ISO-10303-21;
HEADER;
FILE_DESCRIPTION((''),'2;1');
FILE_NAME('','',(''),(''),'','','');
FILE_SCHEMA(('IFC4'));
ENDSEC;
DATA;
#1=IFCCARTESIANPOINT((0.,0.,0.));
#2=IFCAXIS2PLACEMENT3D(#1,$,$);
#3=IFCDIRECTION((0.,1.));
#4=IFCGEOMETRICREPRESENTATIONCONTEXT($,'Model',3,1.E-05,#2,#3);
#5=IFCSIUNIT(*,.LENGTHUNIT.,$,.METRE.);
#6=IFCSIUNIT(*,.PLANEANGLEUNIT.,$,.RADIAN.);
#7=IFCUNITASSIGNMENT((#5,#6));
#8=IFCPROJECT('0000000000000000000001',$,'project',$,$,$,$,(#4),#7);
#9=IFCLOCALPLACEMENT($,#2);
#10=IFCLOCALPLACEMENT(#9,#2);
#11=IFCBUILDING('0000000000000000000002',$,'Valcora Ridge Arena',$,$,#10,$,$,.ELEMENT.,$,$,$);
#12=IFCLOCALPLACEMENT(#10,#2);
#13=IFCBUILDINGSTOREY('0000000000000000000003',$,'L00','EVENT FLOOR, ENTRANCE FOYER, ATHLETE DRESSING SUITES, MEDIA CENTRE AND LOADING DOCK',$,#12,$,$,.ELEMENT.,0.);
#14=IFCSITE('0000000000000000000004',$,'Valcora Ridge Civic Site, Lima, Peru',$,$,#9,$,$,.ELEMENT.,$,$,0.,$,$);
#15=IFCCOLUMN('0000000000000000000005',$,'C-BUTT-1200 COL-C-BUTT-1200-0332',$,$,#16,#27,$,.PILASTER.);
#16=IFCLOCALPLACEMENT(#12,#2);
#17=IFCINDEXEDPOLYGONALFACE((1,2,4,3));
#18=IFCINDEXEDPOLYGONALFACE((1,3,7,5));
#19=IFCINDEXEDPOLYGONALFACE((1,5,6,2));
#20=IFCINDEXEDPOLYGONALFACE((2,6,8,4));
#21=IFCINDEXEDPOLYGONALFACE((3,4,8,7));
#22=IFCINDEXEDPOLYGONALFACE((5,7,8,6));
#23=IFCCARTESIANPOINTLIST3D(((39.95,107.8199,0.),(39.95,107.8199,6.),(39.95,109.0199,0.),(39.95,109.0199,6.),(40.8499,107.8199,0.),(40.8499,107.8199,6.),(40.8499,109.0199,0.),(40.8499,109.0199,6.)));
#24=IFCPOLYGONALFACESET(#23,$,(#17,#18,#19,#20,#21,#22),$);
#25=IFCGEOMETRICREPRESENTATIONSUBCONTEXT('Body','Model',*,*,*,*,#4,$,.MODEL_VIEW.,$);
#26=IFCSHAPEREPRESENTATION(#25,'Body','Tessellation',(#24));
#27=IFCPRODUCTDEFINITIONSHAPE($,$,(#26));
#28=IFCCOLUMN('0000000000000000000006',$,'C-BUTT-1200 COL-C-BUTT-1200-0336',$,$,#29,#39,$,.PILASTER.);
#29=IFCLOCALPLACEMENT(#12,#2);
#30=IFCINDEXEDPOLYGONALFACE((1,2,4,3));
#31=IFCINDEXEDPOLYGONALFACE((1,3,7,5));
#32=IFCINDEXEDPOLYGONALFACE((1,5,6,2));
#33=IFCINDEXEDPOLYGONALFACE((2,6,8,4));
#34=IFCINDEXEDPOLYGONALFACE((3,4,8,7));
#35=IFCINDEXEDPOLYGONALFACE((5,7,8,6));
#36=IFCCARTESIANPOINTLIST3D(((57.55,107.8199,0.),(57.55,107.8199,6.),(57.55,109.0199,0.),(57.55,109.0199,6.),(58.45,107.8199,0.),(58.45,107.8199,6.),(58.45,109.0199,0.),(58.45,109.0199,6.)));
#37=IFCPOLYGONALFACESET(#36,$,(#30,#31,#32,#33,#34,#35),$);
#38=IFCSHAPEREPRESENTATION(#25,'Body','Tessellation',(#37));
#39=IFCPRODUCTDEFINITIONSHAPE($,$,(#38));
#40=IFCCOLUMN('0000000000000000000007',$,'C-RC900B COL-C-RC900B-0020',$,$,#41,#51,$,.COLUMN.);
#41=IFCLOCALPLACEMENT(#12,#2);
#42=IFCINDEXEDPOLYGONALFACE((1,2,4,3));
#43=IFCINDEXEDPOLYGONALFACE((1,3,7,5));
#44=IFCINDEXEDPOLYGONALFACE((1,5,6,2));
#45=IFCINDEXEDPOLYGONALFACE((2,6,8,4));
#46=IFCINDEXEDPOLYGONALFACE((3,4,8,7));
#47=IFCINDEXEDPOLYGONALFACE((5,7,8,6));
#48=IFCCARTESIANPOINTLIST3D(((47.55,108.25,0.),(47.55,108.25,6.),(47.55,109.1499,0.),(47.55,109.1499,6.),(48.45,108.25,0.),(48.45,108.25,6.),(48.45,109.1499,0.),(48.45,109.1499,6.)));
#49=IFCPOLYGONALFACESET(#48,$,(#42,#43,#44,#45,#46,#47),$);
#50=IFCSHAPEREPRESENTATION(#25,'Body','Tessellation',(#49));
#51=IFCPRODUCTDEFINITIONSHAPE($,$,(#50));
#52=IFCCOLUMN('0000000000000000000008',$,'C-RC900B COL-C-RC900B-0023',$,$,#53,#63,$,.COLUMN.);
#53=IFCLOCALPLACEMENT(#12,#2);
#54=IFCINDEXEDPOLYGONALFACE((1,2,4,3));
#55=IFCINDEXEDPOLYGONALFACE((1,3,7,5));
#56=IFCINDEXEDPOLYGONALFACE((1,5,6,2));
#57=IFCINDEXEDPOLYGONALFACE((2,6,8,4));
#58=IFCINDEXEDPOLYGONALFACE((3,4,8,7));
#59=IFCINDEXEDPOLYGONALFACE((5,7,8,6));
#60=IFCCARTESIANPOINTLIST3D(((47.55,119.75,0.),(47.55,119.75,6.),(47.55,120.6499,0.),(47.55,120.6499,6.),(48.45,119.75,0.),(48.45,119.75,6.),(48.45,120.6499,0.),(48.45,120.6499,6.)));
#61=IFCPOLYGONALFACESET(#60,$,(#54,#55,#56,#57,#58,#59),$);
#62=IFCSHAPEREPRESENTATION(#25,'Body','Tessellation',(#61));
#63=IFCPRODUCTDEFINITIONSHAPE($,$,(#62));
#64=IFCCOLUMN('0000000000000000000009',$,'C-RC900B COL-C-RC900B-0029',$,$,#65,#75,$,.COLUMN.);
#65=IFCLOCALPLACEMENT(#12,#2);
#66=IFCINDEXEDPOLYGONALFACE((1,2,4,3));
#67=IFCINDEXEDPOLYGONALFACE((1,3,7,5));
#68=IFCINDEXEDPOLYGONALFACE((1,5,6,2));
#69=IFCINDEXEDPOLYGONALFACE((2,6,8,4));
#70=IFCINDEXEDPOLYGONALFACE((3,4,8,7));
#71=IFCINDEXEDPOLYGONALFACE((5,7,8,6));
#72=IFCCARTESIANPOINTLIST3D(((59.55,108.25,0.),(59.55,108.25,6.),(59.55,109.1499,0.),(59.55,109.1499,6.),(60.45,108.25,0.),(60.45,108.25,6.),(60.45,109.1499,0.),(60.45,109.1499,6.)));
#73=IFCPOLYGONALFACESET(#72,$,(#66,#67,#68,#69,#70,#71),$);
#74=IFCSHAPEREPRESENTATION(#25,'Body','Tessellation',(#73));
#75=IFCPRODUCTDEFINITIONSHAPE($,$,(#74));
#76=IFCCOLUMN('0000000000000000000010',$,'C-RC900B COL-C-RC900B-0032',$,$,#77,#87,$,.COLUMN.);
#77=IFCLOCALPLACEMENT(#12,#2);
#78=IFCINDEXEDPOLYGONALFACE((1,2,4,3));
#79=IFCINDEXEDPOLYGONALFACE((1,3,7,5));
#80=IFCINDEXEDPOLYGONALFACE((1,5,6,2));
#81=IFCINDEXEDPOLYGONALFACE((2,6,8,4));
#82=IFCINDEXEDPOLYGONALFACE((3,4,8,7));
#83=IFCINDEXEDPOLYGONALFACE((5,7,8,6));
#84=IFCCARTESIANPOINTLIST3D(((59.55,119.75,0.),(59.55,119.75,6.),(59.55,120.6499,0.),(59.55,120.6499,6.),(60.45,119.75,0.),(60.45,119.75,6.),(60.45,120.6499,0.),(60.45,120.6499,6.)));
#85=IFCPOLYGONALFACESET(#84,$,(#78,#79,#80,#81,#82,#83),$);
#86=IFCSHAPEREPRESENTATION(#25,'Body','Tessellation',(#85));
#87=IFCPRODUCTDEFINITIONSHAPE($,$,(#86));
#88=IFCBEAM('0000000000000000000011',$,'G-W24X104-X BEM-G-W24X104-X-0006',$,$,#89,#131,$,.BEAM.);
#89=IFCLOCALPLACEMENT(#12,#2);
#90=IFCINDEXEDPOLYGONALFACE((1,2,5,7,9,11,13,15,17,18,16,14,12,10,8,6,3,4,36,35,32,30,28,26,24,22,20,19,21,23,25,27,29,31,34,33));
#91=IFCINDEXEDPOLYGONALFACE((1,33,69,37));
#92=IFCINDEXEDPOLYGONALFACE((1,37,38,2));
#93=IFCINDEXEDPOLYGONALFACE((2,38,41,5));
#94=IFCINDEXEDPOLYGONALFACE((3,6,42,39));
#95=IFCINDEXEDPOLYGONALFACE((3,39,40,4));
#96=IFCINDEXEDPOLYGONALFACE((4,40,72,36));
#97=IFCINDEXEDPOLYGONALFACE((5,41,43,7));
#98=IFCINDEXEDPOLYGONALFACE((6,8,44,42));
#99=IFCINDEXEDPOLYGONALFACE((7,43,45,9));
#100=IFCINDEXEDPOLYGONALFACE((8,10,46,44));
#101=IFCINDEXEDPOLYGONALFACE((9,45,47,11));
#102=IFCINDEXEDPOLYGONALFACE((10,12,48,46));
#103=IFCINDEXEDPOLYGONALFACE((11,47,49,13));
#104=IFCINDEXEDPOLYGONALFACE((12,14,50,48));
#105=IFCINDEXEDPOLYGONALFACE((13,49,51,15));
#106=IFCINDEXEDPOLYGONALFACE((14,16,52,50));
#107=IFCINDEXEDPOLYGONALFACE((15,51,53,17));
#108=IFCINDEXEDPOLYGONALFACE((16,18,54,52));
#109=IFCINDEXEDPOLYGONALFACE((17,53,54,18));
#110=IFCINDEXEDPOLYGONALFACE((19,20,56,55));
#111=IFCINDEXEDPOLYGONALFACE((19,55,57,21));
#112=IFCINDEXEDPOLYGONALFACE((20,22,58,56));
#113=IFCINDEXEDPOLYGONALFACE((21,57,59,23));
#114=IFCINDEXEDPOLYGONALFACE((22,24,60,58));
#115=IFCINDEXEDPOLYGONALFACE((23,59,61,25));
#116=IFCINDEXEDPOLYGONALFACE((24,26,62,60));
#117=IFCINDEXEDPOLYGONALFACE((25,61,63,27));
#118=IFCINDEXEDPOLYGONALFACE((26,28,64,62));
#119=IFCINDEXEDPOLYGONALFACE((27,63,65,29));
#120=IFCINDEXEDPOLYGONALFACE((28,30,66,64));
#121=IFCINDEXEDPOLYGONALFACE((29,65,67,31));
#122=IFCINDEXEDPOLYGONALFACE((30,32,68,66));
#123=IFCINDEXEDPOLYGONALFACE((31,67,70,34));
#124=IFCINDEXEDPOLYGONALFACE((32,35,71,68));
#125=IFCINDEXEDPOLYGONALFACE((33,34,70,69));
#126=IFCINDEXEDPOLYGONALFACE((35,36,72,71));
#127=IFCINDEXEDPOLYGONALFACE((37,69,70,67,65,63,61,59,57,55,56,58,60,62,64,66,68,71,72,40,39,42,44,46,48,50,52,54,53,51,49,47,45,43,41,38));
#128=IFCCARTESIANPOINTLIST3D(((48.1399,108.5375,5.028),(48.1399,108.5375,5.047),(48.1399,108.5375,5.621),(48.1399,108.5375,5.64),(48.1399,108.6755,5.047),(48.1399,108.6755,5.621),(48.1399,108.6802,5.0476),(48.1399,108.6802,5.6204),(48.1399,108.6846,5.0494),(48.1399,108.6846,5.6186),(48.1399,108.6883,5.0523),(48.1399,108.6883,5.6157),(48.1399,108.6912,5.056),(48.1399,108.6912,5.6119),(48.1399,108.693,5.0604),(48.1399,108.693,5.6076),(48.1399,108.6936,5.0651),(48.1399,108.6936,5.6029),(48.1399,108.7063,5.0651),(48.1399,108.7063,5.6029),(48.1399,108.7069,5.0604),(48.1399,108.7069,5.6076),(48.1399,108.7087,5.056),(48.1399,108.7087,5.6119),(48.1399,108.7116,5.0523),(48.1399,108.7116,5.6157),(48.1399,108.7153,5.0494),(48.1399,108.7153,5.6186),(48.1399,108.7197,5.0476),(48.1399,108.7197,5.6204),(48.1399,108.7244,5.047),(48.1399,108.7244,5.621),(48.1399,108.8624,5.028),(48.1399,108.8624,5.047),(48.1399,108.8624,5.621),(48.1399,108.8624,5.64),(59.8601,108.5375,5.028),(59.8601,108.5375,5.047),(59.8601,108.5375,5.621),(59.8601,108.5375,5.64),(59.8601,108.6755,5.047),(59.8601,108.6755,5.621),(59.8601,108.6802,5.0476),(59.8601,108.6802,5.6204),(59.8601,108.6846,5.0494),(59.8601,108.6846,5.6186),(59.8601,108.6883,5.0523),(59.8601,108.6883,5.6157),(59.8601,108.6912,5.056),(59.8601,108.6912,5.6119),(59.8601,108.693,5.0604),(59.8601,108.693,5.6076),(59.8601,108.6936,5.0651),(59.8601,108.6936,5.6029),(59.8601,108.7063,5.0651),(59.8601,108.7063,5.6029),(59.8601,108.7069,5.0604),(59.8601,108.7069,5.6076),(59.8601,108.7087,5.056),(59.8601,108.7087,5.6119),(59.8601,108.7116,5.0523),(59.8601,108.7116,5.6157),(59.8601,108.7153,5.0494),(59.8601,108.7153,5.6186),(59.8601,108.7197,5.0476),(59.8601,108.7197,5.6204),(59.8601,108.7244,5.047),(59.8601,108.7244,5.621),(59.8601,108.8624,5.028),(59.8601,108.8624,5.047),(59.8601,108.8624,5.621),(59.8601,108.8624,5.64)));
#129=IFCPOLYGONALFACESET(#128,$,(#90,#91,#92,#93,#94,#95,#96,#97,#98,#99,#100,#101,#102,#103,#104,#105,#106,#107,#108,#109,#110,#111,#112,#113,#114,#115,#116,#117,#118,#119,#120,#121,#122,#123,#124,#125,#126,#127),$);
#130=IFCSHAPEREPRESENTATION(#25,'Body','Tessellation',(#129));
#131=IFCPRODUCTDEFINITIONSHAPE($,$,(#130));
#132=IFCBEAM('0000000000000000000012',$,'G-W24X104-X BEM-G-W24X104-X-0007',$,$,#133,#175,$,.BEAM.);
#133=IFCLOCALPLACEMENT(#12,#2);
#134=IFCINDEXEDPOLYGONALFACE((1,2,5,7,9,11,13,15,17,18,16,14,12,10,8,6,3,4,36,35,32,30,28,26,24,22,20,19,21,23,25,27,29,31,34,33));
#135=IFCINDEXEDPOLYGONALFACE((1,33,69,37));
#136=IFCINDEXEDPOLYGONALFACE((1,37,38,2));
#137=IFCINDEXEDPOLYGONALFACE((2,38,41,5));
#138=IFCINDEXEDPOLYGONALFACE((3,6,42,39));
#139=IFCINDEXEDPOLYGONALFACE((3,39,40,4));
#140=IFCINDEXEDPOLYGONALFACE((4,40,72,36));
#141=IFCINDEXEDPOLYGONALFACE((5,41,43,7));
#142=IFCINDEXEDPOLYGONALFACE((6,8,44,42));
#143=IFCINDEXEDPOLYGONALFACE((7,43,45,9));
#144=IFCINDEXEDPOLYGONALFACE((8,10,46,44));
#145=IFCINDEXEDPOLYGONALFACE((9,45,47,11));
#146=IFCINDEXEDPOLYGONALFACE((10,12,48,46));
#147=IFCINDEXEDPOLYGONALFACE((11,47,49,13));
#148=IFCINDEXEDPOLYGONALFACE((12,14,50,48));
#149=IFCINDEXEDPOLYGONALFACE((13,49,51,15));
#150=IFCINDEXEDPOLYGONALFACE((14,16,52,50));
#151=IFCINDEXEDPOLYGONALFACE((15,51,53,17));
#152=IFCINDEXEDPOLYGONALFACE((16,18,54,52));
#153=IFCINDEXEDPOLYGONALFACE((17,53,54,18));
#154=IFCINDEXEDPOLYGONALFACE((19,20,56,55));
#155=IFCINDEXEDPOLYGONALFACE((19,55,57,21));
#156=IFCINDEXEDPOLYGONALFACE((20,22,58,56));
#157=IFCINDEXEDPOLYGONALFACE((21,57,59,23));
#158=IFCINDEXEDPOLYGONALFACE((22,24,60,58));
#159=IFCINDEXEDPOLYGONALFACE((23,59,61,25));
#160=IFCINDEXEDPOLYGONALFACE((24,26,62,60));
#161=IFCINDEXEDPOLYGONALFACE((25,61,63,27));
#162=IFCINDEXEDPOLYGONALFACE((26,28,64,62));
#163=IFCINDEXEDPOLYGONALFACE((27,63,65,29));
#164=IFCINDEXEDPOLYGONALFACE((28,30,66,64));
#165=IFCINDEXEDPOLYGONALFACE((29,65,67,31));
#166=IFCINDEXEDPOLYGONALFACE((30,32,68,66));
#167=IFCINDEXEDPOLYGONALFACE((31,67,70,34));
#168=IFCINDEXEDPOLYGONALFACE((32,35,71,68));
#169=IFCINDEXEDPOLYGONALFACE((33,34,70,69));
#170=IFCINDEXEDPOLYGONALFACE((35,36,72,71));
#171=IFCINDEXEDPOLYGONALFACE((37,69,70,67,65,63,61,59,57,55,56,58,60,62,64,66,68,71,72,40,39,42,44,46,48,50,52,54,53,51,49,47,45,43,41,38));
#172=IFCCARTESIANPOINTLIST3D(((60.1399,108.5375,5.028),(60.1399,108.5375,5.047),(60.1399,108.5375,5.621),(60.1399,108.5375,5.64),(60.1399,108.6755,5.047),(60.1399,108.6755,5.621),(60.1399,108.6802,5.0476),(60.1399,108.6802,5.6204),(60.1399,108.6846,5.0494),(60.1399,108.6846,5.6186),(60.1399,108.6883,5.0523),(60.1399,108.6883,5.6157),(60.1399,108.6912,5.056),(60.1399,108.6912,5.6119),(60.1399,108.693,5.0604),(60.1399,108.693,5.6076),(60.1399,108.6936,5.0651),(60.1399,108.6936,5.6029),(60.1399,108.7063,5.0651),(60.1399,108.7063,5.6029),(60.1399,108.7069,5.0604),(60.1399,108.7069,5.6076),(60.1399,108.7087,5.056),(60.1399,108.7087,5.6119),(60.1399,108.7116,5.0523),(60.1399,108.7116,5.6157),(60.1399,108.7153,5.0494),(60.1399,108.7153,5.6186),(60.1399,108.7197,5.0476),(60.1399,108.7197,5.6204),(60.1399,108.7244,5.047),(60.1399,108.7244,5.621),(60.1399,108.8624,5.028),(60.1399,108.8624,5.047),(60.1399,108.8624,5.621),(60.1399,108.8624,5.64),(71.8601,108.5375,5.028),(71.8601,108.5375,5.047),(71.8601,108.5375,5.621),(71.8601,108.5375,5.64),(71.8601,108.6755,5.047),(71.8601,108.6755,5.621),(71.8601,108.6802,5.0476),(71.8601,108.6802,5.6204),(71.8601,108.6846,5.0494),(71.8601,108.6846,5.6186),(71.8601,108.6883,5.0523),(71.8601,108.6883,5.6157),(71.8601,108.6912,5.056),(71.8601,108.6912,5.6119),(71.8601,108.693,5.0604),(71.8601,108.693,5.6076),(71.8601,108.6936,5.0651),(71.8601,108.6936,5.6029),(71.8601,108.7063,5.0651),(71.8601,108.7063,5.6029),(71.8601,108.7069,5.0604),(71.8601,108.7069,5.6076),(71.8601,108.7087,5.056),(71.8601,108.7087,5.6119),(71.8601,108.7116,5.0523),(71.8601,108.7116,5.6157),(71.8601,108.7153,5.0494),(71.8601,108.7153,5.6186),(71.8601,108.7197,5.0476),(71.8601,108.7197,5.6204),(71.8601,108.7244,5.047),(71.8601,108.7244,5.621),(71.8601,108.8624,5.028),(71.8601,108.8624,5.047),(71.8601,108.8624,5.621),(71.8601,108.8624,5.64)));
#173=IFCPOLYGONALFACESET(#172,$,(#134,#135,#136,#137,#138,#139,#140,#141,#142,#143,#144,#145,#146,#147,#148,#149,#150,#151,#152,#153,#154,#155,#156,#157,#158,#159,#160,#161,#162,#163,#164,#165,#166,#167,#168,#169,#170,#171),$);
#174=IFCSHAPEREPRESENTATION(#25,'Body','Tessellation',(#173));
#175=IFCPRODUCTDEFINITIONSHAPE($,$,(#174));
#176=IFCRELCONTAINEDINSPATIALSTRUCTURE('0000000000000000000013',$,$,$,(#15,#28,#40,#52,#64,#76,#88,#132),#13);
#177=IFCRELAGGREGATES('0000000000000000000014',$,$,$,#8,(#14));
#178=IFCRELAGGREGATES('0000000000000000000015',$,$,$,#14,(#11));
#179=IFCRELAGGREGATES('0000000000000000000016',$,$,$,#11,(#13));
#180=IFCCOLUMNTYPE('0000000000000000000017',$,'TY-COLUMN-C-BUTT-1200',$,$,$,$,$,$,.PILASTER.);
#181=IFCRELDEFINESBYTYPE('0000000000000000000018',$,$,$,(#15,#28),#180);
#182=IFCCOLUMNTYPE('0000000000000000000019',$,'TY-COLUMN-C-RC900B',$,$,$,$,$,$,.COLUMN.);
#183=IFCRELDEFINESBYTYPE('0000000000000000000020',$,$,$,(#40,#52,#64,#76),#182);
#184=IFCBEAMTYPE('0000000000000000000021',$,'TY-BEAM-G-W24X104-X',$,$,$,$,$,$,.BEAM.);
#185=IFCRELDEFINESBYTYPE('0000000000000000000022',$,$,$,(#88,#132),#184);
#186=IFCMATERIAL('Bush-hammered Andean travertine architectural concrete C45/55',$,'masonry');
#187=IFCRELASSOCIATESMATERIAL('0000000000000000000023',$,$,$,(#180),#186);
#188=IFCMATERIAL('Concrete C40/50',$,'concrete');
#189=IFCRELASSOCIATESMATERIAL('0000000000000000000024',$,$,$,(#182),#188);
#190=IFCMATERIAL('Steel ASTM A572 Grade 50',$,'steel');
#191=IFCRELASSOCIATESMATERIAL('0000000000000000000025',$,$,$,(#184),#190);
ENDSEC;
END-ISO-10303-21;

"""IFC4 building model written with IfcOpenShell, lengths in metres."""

from ifc_helpers import new_model, si_unit, direction, frame, origin, origin_2d, place, context, subcontext, project, spatial, rectangle, i_section, extrude, material, material_profile, profile_set, type_object, element, save


model = new_model("IFC4")

# Units and contexts
model_context = context("Model", 3, precision=1e-05, world=origin(), true_north=direction((0.0, 1.0)))
body_context = subcontext(model_context, "Body", "Model", "MODEL_VIEW")
ifc_project = project(units=[si_unit("LENGTHUNIT", "METRE"), si_unit("PLANEANGLEUNIT", "RADIAN")], contexts=[model_context])

# Site, building, storey
site_placement = place(None, origin())
site = spatial("IfcSite", under=ifc_project, at=site_placement, Name="Valcora Ridge Civic Site, Lima, Peru", CompositionType="ELEMENT", RefElevation=0.0)
building_placement = place(site_placement, origin())
building = spatial("IfcBuilding", under=site, at=building_placement, Name="Valcora Ridge Arena", CompositionType="ELEMENT")
storey_placement = place(building_placement, origin())
storey = spatial("IfcBuildingStorey", under=building, at=storey_placement, Name="L00", Description="EVENT FLOOR, ENTRANCE FOYER, ATHLETE DRESSING SUITES, MEDIA CENTRE AND LOADING DOCK", CompositionType="ELEMENT", Elevation=0.0)

# Columns
ifc_material_1 = material(Name="Bush-hammered Andean travertine architectural concrete C45/55", Category="masonry")
ifc_material_profile_1 = material_profile(ifc_material_1, rectangle(XDim=0.8999, YDim=1.2, at=origin_2d()), Name="RC 900x1200")
ifc_profile_set_1 = profile_set([ifc_material_profile_1], Name="Bush-hammered Andean travertine architectural concrete C45/55")
column_type_1 = type_object("IfcColumnType", Name="TY-COLUMN-C-BUTT-1200", PredefinedType="PILASTER", material=ifc_profile_set_1)
for number, where, z_axis, x_axis, name in (
    (1, (40.3999, 108.4199, 0.0), (0.0, 0.0, 1.0), (1.0, 0.0, 0.0), "C-BUTT-1200 COL-C-BUTT-1200-0332"),
    (2, (58.0, 108.4199, 0.0), (0.0, 0.0, 1.0), (1.0, 0.0, 0.0), "C-BUTT-1200 COL-C-BUTT-1200-0336"),
):
    element("IfcColumn", number, at=place(storey_placement, frame(where, z_axis=z_axis, x_axis=x_axis)), inside=storey, type_object=column_type_1, Name=name, PredefinedType="PILASTER", context=body_context, shape_type="SweptSolid", body=[
        extrude(rectangle(XDim=0.8999, YDim=1.2, at=origin_2d()), origin(), (0.0, 0.0, 1.0), 6.0),
    ])
ifc_material_2 = material(Name="Concrete C40/50", Category="concrete")
ifc_material_profile_2 = material_profile(ifc_material_2, rectangle(XDim=0.8999, YDim=0.8999, at=origin_2d()), Name="RC 900x900")
ifc_profile_set_2 = profile_set([ifc_material_profile_2], Name="Concrete C40/50")
column_type_2 = type_object("IfcColumnType", Name="TY-COLUMN-C-RC900B", PredefinedType="COLUMN", material=ifc_profile_set_2)
for number, where, z_axis, x_axis, name in (
    (3, (48.0, 108.7, 0.0), (0.0, 0.0, 1.0), (1.0, 0.0, 0.0), "C-RC900B COL-C-RC900B-0020"),
    (4, (48.0, 120.2, 0.0), (0.0, 0.0, 1.0), (1.0, 0.0, 0.0), "C-RC900B COL-C-RC900B-0023"),
    (5, (60.0, 108.7, 0.0), (0.0, 0.0, 1.0), (1.0, 0.0, 0.0), "C-RC900B COL-C-RC900B-0029"),
    (6, (60.0, 120.2, 0.0), (0.0, 0.0, 1.0), (1.0, 0.0, 0.0), "C-RC900B COL-C-RC900B-0032"),
):
    element("IfcColumn", number, at=place(storey_placement, frame(where, z_axis=z_axis, x_axis=x_axis)), inside=storey, type_object=column_type_2, Name=name, PredefinedType="COLUMN", context=body_context, shape_type="SweptSolid", body=[
        extrude(rectangle(XDim=0.8999, YDim=0.8999, at=origin_2d()), origin(), (0.0, 0.0, 1.0), 6.0),
    ])

# Beams
ifc_material_3 = material(Name="Steel ASTM A572 Grade 50", Category="steel")
ifc_material_profile_3 = material_profile(ifc_material_3, i_section(OverallWidth=0.325, OverallDepth=0.6121, WebThickness=0.0127, FlangeThickness=0.019, FilletRadius=0.0181, at=origin_2d()), Name="W24X104")
ifc_profile_set_3 = profile_set([ifc_material_profile_3], Name="Steel ASTM A572 Grade 50")
beam_type_1 = type_object("IfcBeamType", Name="TY-BEAM-G-W24X104-X", PredefinedType="BEAM", material=ifc_profile_set_3)
for number, where, z_axis, x_axis, name in (
    (7, (48.1399, 108.7, 5.334), (1.0, 0.0, 0.0), (0.0, 1.0, 0.0), "G-W24X104-X BEM-G-W24X104-X-0006"),
    (8, (60.1399, 108.7, 5.334), (1.0, 0.0, 0.0), (0.0, 1.0, 0.0), "G-W24X104-X BEM-G-W24X104-X-0007"),
):
    element("IfcBeam", number, at=place(storey_placement, frame(where, z_axis=z_axis, x_axis=x_axis)), inside=storey, type_object=beam_type_1, Name=name, PredefinedType="BEAM", context=body_context, shape_type="SweptSolid", body=[
        extrude(i_section(OverallWidth=0.325, OverallDepth=0.6121, WebThickness=0.0127, FlangeThickness=0.019, FilletRadius=0.0181, at=origin_2d()), origin(), (0.0, 0.0, 1.0), 11.7202),
    ])

save(model, "model.ifc")
